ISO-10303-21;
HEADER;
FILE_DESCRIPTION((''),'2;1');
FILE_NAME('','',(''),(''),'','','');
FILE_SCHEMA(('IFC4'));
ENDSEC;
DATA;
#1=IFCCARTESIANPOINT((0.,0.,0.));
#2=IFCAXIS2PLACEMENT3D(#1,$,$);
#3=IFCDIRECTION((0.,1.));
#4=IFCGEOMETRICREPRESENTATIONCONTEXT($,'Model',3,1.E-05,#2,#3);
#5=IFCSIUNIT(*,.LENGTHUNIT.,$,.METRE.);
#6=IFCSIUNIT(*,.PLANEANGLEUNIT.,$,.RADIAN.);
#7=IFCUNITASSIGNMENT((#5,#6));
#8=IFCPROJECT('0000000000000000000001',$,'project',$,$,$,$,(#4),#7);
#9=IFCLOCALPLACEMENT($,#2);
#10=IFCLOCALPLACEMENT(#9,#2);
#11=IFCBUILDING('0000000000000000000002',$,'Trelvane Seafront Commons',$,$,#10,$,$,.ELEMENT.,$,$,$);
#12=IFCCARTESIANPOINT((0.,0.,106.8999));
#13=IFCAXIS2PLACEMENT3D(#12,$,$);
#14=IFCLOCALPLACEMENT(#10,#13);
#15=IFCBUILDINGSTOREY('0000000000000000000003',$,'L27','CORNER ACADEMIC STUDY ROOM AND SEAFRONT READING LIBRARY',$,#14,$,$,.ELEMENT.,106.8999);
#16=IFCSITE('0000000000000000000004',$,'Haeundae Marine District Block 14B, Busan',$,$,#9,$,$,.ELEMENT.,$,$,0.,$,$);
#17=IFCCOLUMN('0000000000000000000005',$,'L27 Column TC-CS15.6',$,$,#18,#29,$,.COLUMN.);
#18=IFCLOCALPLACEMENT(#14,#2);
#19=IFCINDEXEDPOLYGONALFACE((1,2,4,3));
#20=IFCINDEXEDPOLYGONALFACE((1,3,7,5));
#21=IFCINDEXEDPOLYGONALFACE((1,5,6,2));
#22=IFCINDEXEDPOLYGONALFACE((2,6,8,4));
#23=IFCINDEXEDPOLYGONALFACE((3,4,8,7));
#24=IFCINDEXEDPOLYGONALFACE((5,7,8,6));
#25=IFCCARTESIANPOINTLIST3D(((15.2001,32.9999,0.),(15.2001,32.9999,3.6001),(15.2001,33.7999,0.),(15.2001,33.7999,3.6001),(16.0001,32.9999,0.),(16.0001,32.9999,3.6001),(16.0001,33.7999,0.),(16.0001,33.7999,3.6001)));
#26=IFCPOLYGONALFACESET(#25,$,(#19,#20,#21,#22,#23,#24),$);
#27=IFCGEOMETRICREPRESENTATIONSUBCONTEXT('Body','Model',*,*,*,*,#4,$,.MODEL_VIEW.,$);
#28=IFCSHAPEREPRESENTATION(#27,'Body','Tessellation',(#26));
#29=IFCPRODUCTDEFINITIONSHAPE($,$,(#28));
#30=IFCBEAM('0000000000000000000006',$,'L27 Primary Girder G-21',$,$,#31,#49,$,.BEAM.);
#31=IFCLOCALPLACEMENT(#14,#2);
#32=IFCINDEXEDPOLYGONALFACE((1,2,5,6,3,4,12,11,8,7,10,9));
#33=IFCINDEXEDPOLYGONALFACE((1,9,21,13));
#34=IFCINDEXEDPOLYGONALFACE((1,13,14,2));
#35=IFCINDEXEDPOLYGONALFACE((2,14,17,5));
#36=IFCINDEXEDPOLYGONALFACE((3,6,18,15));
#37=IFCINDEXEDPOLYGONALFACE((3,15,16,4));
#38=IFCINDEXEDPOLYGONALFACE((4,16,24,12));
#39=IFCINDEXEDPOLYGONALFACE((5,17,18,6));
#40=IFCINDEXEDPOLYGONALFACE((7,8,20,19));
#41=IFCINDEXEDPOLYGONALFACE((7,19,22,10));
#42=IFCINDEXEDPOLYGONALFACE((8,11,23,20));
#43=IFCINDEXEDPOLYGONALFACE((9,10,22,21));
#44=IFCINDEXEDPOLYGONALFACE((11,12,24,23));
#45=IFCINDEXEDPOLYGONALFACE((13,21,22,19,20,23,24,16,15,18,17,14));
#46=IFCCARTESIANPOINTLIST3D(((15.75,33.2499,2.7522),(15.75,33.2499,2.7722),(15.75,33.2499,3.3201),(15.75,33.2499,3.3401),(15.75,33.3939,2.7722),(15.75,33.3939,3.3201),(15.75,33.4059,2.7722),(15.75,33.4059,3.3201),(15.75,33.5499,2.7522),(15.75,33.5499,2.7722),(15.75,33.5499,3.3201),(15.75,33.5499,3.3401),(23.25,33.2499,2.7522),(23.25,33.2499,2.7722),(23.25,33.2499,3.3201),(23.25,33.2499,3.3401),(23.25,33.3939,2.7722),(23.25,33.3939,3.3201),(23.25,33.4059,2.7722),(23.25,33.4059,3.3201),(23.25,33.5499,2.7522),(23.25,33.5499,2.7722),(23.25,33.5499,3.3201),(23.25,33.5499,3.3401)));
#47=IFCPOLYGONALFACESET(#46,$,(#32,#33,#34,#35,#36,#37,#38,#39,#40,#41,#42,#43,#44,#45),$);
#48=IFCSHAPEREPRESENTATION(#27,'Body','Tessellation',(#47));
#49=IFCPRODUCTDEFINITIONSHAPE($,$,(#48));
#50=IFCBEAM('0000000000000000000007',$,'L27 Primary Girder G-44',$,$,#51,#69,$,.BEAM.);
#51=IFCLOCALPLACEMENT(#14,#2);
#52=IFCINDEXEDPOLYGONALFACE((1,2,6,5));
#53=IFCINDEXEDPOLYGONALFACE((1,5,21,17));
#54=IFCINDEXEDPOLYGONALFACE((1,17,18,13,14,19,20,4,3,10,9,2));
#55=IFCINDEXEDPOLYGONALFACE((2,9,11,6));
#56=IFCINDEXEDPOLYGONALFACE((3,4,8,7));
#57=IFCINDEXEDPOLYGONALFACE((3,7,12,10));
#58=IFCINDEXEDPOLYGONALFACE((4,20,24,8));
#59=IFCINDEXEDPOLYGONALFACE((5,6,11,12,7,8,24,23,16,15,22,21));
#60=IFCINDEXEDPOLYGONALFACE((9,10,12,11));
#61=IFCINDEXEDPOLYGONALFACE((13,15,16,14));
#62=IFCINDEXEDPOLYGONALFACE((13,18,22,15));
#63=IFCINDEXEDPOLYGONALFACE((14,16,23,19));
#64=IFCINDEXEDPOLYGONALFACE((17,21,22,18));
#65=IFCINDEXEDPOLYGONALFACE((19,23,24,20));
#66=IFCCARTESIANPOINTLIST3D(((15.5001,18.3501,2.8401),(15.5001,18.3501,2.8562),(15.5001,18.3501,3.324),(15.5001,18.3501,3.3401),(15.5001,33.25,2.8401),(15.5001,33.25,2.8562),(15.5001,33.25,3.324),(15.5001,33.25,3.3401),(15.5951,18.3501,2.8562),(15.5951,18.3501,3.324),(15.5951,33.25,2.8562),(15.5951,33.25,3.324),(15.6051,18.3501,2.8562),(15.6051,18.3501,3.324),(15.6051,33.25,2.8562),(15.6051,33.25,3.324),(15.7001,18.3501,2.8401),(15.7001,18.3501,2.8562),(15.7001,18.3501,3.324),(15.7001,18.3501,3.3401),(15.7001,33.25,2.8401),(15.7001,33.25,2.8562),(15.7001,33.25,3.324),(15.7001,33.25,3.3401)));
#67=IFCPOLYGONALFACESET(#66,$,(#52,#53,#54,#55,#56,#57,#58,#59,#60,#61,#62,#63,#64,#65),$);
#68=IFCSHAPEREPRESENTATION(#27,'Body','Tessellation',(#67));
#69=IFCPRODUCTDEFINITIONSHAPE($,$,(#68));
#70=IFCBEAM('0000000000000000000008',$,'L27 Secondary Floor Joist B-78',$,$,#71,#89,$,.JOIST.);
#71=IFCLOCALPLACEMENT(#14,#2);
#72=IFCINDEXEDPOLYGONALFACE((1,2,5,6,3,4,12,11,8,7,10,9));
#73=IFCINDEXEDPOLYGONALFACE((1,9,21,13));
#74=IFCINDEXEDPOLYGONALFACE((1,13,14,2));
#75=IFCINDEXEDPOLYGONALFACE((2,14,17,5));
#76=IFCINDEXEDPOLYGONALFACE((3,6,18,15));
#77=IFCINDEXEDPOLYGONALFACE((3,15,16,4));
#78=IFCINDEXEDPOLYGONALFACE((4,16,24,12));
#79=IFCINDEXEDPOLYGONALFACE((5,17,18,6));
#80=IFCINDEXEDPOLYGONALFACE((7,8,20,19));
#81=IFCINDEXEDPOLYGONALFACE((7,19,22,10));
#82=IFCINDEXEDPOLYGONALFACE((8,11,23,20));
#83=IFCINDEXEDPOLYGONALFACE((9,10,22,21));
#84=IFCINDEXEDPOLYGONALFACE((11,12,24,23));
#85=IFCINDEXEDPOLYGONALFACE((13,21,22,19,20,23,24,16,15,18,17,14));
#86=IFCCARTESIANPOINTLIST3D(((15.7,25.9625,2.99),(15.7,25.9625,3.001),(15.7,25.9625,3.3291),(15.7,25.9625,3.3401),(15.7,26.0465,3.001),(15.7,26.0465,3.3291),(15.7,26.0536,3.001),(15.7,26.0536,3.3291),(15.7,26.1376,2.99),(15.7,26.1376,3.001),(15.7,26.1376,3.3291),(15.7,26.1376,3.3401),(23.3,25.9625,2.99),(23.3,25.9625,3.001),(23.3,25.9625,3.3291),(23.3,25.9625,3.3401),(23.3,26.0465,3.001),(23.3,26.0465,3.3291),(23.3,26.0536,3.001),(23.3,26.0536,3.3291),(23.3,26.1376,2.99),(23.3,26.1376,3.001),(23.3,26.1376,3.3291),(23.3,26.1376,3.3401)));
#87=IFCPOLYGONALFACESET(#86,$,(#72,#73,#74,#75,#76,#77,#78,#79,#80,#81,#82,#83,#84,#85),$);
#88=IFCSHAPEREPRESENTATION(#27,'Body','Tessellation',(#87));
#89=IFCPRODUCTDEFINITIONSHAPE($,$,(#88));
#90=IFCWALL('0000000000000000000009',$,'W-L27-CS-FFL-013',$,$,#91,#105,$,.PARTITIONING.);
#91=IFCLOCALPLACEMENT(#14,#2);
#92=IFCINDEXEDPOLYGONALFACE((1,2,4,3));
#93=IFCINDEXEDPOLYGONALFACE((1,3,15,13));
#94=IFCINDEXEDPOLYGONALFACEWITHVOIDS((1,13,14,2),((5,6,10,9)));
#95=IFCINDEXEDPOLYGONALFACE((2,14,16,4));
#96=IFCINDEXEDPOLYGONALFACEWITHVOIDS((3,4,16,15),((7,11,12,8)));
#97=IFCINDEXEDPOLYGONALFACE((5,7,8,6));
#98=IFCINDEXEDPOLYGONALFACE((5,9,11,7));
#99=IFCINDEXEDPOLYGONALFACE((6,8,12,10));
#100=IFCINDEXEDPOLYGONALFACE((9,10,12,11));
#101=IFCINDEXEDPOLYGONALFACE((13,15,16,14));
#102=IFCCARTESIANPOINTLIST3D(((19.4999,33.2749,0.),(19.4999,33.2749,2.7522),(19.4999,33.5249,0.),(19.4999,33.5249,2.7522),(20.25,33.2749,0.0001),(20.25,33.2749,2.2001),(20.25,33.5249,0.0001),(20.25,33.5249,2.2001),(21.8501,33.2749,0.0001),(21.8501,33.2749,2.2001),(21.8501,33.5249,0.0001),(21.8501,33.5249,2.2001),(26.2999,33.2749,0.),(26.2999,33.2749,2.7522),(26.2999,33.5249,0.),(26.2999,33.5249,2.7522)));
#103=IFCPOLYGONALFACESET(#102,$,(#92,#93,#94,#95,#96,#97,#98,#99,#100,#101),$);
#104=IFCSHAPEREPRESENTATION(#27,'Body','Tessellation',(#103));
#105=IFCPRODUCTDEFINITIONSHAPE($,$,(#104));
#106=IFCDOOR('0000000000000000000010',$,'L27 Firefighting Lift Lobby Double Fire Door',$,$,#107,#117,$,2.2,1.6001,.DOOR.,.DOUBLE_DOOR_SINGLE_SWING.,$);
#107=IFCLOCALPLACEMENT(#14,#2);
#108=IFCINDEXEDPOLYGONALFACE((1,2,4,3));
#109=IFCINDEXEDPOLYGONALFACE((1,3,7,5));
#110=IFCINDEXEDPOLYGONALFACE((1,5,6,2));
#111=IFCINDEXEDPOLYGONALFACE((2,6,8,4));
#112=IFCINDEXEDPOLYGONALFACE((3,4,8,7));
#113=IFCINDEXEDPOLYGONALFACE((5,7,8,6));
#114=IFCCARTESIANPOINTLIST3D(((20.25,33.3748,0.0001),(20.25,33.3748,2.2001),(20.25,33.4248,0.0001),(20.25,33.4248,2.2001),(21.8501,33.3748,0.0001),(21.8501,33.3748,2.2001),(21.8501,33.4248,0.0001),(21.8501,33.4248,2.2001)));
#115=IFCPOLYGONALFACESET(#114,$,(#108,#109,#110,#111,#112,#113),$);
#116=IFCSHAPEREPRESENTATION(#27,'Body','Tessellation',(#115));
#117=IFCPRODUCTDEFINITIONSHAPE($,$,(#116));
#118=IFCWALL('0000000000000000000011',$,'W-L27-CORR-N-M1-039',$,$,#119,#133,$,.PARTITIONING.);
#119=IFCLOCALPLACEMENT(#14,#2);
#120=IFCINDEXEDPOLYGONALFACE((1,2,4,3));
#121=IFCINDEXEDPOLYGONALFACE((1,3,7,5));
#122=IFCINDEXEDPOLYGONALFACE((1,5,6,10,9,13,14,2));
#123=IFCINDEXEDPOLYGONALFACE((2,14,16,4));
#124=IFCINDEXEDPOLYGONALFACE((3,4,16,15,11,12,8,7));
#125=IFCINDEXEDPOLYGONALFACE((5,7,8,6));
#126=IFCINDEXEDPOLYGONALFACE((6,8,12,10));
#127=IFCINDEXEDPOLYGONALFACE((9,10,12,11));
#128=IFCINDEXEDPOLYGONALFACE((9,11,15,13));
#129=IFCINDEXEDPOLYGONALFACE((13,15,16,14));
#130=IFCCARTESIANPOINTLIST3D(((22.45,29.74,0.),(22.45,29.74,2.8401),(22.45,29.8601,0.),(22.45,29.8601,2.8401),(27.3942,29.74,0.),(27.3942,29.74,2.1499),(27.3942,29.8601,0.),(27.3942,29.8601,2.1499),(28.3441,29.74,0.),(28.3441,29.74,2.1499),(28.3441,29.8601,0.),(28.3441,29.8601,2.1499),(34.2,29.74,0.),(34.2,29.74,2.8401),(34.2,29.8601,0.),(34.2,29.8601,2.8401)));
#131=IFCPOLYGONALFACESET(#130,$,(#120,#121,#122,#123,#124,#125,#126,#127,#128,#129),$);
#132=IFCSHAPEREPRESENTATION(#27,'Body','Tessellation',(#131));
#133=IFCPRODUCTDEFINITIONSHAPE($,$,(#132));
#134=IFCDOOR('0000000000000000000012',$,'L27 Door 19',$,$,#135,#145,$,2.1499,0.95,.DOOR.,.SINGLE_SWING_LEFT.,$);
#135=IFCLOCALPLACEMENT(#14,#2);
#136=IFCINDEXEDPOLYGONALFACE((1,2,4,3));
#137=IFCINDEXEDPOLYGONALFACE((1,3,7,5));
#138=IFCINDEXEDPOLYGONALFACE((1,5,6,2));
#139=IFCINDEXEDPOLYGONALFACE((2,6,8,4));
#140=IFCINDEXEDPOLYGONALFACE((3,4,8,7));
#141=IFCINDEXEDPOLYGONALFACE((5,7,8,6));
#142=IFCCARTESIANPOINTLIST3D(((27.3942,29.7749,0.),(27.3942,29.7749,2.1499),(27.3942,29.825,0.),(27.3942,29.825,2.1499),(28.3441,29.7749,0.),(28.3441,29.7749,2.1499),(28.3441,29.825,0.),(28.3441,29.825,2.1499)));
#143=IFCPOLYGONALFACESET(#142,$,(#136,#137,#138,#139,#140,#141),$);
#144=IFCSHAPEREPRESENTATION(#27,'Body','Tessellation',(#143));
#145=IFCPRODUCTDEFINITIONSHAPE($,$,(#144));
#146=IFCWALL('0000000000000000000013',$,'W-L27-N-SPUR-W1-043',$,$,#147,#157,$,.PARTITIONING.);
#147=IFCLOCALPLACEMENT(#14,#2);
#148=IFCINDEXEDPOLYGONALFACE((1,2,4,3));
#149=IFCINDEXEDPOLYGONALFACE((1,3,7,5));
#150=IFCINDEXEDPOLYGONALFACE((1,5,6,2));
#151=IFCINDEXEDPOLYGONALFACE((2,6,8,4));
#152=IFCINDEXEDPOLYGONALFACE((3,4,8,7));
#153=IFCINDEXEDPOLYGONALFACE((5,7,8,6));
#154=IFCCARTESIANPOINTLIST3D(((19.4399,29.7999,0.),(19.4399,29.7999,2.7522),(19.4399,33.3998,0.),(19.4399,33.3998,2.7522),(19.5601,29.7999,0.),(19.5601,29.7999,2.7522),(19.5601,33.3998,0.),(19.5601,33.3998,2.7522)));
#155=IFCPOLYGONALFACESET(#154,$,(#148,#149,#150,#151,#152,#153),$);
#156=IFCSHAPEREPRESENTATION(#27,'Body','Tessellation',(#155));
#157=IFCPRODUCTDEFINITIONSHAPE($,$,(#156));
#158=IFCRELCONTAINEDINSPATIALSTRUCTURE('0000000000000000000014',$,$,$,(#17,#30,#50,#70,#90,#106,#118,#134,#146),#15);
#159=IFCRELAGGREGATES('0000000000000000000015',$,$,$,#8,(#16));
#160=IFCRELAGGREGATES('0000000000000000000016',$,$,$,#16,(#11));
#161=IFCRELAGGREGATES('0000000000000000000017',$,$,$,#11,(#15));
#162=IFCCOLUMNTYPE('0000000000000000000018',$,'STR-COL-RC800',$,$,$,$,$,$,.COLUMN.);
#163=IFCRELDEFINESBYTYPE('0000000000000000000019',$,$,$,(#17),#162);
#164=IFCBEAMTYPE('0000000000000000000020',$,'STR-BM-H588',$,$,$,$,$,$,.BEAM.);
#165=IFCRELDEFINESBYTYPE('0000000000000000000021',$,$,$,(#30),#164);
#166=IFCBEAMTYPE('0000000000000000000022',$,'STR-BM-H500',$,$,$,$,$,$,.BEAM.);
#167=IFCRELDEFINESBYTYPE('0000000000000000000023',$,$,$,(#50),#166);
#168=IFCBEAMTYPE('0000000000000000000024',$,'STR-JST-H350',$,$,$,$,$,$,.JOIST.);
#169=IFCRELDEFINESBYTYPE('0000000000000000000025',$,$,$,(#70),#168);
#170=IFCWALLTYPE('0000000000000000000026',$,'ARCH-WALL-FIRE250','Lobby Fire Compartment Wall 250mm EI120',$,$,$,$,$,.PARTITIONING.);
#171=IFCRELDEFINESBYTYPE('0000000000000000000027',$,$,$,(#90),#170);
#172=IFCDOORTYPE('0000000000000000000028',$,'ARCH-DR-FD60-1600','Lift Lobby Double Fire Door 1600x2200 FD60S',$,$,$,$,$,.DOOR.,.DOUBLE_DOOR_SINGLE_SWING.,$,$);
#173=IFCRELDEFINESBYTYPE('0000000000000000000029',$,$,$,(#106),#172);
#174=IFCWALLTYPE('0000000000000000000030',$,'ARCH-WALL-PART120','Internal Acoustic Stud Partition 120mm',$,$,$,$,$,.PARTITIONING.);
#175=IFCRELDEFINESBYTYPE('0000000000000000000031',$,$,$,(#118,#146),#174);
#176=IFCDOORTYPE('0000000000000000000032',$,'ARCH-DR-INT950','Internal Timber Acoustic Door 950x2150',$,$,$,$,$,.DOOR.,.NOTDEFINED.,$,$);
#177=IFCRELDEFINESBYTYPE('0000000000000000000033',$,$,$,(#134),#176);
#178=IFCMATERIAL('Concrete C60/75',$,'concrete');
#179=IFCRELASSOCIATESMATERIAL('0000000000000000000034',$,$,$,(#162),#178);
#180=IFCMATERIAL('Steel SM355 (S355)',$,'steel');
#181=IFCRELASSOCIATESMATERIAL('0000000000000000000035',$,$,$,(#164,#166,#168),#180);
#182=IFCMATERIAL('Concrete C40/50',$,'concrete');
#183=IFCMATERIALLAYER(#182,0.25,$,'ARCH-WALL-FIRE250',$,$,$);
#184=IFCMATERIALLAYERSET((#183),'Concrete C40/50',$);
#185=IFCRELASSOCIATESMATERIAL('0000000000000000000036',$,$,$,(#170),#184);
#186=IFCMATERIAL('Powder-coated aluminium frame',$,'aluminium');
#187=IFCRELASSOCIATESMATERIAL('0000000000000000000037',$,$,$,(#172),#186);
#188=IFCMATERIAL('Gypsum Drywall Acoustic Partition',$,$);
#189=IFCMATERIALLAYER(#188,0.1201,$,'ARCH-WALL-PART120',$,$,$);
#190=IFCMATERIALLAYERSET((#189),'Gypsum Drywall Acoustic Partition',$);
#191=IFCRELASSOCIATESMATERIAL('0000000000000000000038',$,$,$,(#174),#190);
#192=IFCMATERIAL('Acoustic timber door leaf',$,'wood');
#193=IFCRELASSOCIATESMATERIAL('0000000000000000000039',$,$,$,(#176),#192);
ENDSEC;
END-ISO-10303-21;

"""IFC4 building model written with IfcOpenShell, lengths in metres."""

from ifc_helpers import new_model, si_unit, direction, frame, frame_2d, origin, origin_2d, place, context, subcontext, project, spatial, rectangle, i_section, extrude, source, transform, mapped, material, layer, layer_set, material_profile, profile_set, type_object, element, fill, save


model = new_model("IFC4")

# Units and contexts
model_context = context("Model", 3, precision=1e-05, world=origin(), true_north=direction((0.0, 1.0)))
body_context = subcontext(model_context, "Body", "Model", "MODEL_VIEW")
ifc_project = project(units=[si_unit("LENGTHUNIT", "METRE"), si_unit("PLANEANGLEUNIT", "RADIAN")], contexts=[model_context])

# Site, building, storey
site_placement = place(None, origin())
site = spatial("IfcSite", under=ifc_project, at=site_placement, Name="Haeundae Marine District Block 14B, Busan", CompositionType="ELEMENT", RefElevation=0.0)
building_placement = place(site_placement, origin())
building = spatial("IfcBuilding", under=site, at=building_placement, Name="Trelvane Seafront Commons", CompositionType="ELEMENT")
storey_placement = place(building_placement, frame((0.0, 0.0, 106.8999)))
storey = spatial("IfcBuildingStorey", under=building, at=storey_placement, Name="L27", Description="CORNER ACADEMIC STUDY ROOM AND SEAFRONT READING LIBRARY", CompositionType="ELEMENT", Elevation=106.8999)

# Column
ifc_material_1 = material(Name="Concrete C60/75", Category="concrete")
ifc_material_profile_1 = material_profile(ifc_material_1, rectangle(XDim=0.8, YDim=0.8, at=origin_2d()), Name="RC-800x800")
ifc_profile_set_1 = profile_set([ifc_material_profile_1], Name="Concrete C60/75")
column_type = type_object("IfcColumnType", Name="STR-COL-RC800", PredefinedType="COLUMN", material=ifc_profile_set_1)
shared_shape_1 = source(origin(), body_context, "Body", "SweptSolid", [
    extrude(rectangle(XDim=0.8, YDim=0.8, at=origin_2d()), origin(), (0.0, 0.0, 1.0), 3.6001),
])
column_placement = place(storey_placement, frame((15.6001, 33.3999, 0.0), z_axis=(0.0, 0.0, 1.0), x_axis=(1.0, 0.0, 0.0)))
element("IfcColumn", 1, at=column_placement, inside=storey, type_object=column_type, Name="L27 Column TC-CS15.6", PredefinedType="COLUMN", context=body_context, shape_type="MappedRepresentation", body=[
    mapped(shared_shape_1, transform((0.0, 0.0, 0.0), x_axis=(1.0, 0.0, 0.0), y_axis=(0.0, 1.0, 0.0), z_axis=(0.0, 0.0, 1.0), scale=1.0)),
])

# Beams
ifc_material_2 = material(Name="Steel SM355 (S355)", Category="steel")
ifc_material_profile_2 = material_profile(ifc_material_2, i_section(OverallWidth=0.3, OverallDepth=0.5879, WebThickness=0.012, FlangeThickness=0.02, at=origin_2d()), Name="H-588x300x12x20")
ifc_profile_set_2 = profile_set([ifc_material_profile_2], Name="Steel SM355 (S355)")
beam_type_1 = type_object("IfcBeamType", Name="STR-BM-H588", PredefinedType="BEAM", material=ifc_profile_set_2)
shared_shape_2 = source(origin(), body_context, "Body", "SweptSolid", [
    extrude(i_section(OverallWidth=0.3, OverallDepth=0.5879, WebThickness=0.012, FlangeThickness=0.02, at=origin_2d()), origin(), (0.0, 0.0, 1.0), 7.5),
])
beam_1_placement = place(storey_placement, frame((15.75, 33.3999, 3.0461), z_axis=(1.0, 0.0, 0.0), x_axis=(0.0, 1.0, 0.0)))
element("IfcBeam", 2, at=beam_1_placement, inside=storey, type_object=beam_type_1, Name="L27 Primary Girder G-21", PredefinedType="BEAM", context=body_context, shape_type="MappedRepresentation", body=[
    mapped(shared_shape_2, transform((0.0, 0.0, 0.0), x_axis=(1.0, 0.0, 0.0), y_axis=(0.0, 1.0, 0.0), z_axis=(0.0, 0.0, 1.0), scale=1.0)),
])
ifc_material_profile_3 = material_profile(ifc_material_2, i_section(OverallWidth=0.2, OverallDepth=0.5, WebThickness=0.01, FlangeThickness=0.0161, at=origin_2d()), Name="H-500x200x10x16")
ifc_profile_set_3 = profile_set([ifc_material_profile_3], Name="Steel SM355 (S355)")
beam_type_2 = type_object("IfcBeamType", Name="STR-BM-H500", PredefinedType="BEAM", material=ifc_profile_set_3)
shared_shape_3 = source(origin(), body_context, "Body", "SweptSolid", [
    extrude(i_section(OverallWidth=0.2, OverallDepth=0.5, WebThickness=0.01, FlangeThickness=0.0161, at=origin_2d()), origin(), (0.0, 0.0, 1.0), 14.8999),
])
beam_2_placement = place(storey_placement, frame((15.6001, 18.3501, 3.0901), z_axis=(0.0, 1.0, 0.0), x_axis=(-1.0, 0.0, 0.0)))
element("IfcBeam", 3, at=beam_2_placement, inside=storey, type_object=beam_type_2, Name="L27 Primary Girder G-44", PredefinedType="BEAM", context=body_context, shape_type="MappedRepresentation", body=[
    mapped(shared_shape_3, transform((0.0, 0.0, 0.0), x_axis=(1.0, 0.0, 0.0), y_axis=(0.0, 1.0, 0.0), z_axis=(0.0, 0.0, 1.0), scale=1.0)),
])
ifc_material_profile_4 = material_profile(ifc_material_2, i_section(OverallWidth=0.175, OverallDepth=0.3501, WebThickness=0.0071, FlangeThickness=0.011, at=origin_2d()), Name="H-350x175x7x11")
ifc_profile_set_4 = profile_set([ifc_material_profile_4], Name="Steel SM355 (S355)")
beam_type_3 = type_object("IfcBeamType", Name="STR-JST-H350", PredefinedType="JOIST", material=ifc_profile_set_4)
shared_shape_4 = source(origin(), body_context, "Body", "SweptSolid", [
    extrude(i_section(OverallWidth=0.175, OverallDepth=0.3501, WebThickness=0.0071, FlangeThickness=0.011, at=origin_2d()), origin(), (0.0, 0.0, 1.0), 7.6001),
])
beam_3_placement = place(storey_placement, frame((15.7, 26.05, 3.165), z_axis=(1.0, 0.0, 0.0), x_axis=(0.0, 1.0, 0.0)))
element("IfcBeam", 4, at=beam_3_placement, inside=storey, type_object=beam_type_3, Name="L27 Secondary Floor Joist B-78", PredefinedType="JOIST", context=body_context, shape_type="MappedRepresentation", body=[
    mapped(shared_shape_4, transform((0.0, 0.0, 0.0), x_axis=(1.0, 0.0, 0.0), y_axis=(0.0, 1.0, 0.0), z_axis=(0.0, 0.0, 1.0), scale=1.0)),
])

# Walls, openings, doors
ifc_material_3 = material(Name="Concrete C40/50", Category="concrete")
ifc_layer_1 = layer(ifc_material_3, 0.25, Name="ARCH-WALL-FIRE250")
ifc_layer_set_1 = layer_set([ifc_layer_1], Name="Concrete C40/50")
wall_type_1 = type_object("IfcWallType", Name="ARCH-WALL-FIRE250", Description="Lobby Fire Compartment Wall 250mm EI120", PredefinedType="PARTITIONING", material=ifc_layer_set_1)
wall_1_placement = place(storey_placement, frame((19.5, 33.3999, 0.0), z_axis=(0.0, 0.0, 1.0), x_axis=(1.0, 0.0, 0.0)))
wall_1 = element("IfcWall", 5, at=wall_1_placement, inside=storey, type_object=wall_type_1, Name="W-L27-CS-FFL-013", PredefinedType="PARTITIONING", context=body_context, shape_type="SweptSolid", body=[
    extrude(rectangle(XDim=6.8, YDim=0.25, at=frame_2d((3.3999, 0.0))), origin(), (0.0, 0.0, 1.0), 2.7522),
])
opening_1_placement = place(wall_1_placement, frame((0.75, 0.0, 0.0)))
opening_1 = element("IfcOpeningElement", 6, at=opening_1_placement, cuts=wall_1, PredefinedType="OPENING", context=body_context, shape_type="SweptSolid", body=[
    extrude(rectangle(XDim=1.6001, YDim=2.2, at=frame_2d((0.8, 1.1001))), frame((0.0, 0.135, 0.0), z_axis=(0.0, -1.0, 0.0), x_axis=(1.0, 0.0, 0.0)), (0.0, 0.0, 1.0), 0.27),
])
ifc_material_4 = material(Name="Powder-coated aluminium frame", Category="aluminium")
door_type_1 = type_object("IfcDoorType", Name="ARCH-DR-FD60-1600", Description="Lift Lobby Double Fire Door 1600x2200 FD60S", OperationType="DOUBLE_DOOR_SINGLE_SWING", PredefinedType="DOOR", material=ifc_material_4)
shared_shape_5 = source(origin(), body_context, "Body", "SweptSolid", [
    extrude(rectangle(XDim=1.6001, YDim=2.2, at=frame_2d((0.8, 1.1001))), frame((0.0, 0.0249, 0.0), z_axis=(0.0, -1.0, 0.0), x_axis=(1.0, 0.0, 0.0)), (0.0, 0.0, 1.0), 0.05),
])
door_1_placement = place(opening_1_placement, origin())
door_1 = element("IfcDoor", 7, at=door_1_placement, inside=storey, type_object=door_type_1, Name="L27 Firefighting Lift Lobby Double Fire Door", OperationType="DOUBLE_DOOR_SINGLE_SWING", OverallHeight=2.2, OverallWidth=1.6001, PredefinedType="DOOR", context=body_context, shape_type="MappedRepresentation", body=[
    mapped(shared_shape_5, transform((0.0, 0.0, 0.0), x_axis=(1.0, 0.0, 0.0), y_axis=(0.0, 1.0, 0.0), z_axis=(0.0, 0.0, 1.0), scale=1.0)),
])
fill(opening_1, door_1)
ifc_material_5 = material(Name="Gypsum Drywall Acoustic Partition")
ifc_layer_2 = layer(ifc_material_5, 0.1201, Name="ARCH-WALL-PART120")
ifc_layer_set_2 = layer_set([ifc_layer_2], Name="Gypsum Drywall Acoustic Partition")
wall_type_2 = type_object("IfcWallType", Name="ARCH-WALL-PART120", Description="Internal Acoustic Stud Partition 120mm", PredefinedType="PARTITIONING", material=ifc_layer_set_2)
wall_2_placement = place(storey_placement, frame((22.45, 29.8, 0.0), z_axis=(0.0, 0.0, 1.0), x_axis=(1.0, 0.0, 0.0)))
wall_2 = element("IfcWall", 8, at=wall_2_placement, inside=storey, type_object=wall_type_2, Name="W-L27-CORR-N-M1-039", PredefinedType="PARTITIONING", context=body_context, shape_type="SweptSolid", body=[
    extrude(rectangle(XDim=11.75, YDim=0.1201, at=frame_2d((5.875, 0.0))), origin(), (0.0, 0.0, 1.0), 2.8401),
])
opening_2_placement = place(wall_2_placement, frame((4.9441, 0.0, 0.0)))
opening_2 = element("IfcOpeningElement", 9, at=opening_2_placement, cuts=wall_2, PredefinedType="OPENING", context=body_context, shape_type="SweptSolid", body=[
    extrude(rectangle(XDim=0.95, YDim=2.1499, at=frame_2d((0.4751, 1.075))), frame((0.0, 0.0701, 0.0), z_axis=(0.0, -1.0, 0.0), x_axis=(1.0, 0.0, 0.0)), (0.0, 0.0, 1.0), 0.1401),
])
ifc_material_6 = material(Name="Acoustic timber door leaf", Category="wood")
door_type_2 = type_object("IfcDoorType", Name="ARCH-DR-INT950", Description="Internal Timber Acoustic Door 950x2150", OperationType="NOTDEFINED", PredefinedType="DOOR", material=ifc_material_6)
shared_shape_6 = source(origin(), body_context, "Body", "SweptSolid", [
    extrude(rectangle(XDim=0.95, YDim=2.1499, at=frame_2d((0.4751, 1.075))), frame((0.0, 0.0249, 0.0), z_axis=(0.0, -1.0, 0.0), x_axis=(1.0, 0.0, 0.0)), (0.0, 0.0, 1.0), 0.05),
])
door_2_placement = place(opening_2_placement, origin())
door_2 = element("IfcDoor", 10, at=door_2_placement, inside=storey, type_object=door_type_2, Name="L27 Door 19", OperationType="SINGLE_SWING_LEFT", OverallHeight=2.1499, OverallWidth=0.95, PredefinedType="DOOR", context=body_context, shape_type="MappedRepresentation", body=[
    mapped(shared_shape_6, transform((0.0, 0.0, 0.0), x_axis=(1.0, 0.0, 0.0), y_axis=(0.0, 1.0, 0.0), z_axis=(0.0, 0.0, 1.0), scale=1.0)),
])
fill(opening_2, door_2)

# Wall
for number, where, z_axis, x_axis, name in (
    (11, (19.5, 29.8, 0.0), (0.0, 0.0, 1.0), (0.0, 1.0, 0.0), "W-L27-N-SPUR-W1-043"),
):
    element("IfcWall", number, at=place(storey_placement, frame(where, z_axis=z_axis, x_axis=x_axis)), inside=storey, type_object=wall_type_2, Name=name, PredefinedType="PARTITIONING", context=body_context, shape_type="SweptSolid", body=[
        extrude(rectangle(XDim=3.5999, YDim=0.1201, at=frame_2d((1.7998, 0.0))), origin(), (0.0, 0.0, 1.0), 2.7522),
    ])

save(model, "model.ifc")
